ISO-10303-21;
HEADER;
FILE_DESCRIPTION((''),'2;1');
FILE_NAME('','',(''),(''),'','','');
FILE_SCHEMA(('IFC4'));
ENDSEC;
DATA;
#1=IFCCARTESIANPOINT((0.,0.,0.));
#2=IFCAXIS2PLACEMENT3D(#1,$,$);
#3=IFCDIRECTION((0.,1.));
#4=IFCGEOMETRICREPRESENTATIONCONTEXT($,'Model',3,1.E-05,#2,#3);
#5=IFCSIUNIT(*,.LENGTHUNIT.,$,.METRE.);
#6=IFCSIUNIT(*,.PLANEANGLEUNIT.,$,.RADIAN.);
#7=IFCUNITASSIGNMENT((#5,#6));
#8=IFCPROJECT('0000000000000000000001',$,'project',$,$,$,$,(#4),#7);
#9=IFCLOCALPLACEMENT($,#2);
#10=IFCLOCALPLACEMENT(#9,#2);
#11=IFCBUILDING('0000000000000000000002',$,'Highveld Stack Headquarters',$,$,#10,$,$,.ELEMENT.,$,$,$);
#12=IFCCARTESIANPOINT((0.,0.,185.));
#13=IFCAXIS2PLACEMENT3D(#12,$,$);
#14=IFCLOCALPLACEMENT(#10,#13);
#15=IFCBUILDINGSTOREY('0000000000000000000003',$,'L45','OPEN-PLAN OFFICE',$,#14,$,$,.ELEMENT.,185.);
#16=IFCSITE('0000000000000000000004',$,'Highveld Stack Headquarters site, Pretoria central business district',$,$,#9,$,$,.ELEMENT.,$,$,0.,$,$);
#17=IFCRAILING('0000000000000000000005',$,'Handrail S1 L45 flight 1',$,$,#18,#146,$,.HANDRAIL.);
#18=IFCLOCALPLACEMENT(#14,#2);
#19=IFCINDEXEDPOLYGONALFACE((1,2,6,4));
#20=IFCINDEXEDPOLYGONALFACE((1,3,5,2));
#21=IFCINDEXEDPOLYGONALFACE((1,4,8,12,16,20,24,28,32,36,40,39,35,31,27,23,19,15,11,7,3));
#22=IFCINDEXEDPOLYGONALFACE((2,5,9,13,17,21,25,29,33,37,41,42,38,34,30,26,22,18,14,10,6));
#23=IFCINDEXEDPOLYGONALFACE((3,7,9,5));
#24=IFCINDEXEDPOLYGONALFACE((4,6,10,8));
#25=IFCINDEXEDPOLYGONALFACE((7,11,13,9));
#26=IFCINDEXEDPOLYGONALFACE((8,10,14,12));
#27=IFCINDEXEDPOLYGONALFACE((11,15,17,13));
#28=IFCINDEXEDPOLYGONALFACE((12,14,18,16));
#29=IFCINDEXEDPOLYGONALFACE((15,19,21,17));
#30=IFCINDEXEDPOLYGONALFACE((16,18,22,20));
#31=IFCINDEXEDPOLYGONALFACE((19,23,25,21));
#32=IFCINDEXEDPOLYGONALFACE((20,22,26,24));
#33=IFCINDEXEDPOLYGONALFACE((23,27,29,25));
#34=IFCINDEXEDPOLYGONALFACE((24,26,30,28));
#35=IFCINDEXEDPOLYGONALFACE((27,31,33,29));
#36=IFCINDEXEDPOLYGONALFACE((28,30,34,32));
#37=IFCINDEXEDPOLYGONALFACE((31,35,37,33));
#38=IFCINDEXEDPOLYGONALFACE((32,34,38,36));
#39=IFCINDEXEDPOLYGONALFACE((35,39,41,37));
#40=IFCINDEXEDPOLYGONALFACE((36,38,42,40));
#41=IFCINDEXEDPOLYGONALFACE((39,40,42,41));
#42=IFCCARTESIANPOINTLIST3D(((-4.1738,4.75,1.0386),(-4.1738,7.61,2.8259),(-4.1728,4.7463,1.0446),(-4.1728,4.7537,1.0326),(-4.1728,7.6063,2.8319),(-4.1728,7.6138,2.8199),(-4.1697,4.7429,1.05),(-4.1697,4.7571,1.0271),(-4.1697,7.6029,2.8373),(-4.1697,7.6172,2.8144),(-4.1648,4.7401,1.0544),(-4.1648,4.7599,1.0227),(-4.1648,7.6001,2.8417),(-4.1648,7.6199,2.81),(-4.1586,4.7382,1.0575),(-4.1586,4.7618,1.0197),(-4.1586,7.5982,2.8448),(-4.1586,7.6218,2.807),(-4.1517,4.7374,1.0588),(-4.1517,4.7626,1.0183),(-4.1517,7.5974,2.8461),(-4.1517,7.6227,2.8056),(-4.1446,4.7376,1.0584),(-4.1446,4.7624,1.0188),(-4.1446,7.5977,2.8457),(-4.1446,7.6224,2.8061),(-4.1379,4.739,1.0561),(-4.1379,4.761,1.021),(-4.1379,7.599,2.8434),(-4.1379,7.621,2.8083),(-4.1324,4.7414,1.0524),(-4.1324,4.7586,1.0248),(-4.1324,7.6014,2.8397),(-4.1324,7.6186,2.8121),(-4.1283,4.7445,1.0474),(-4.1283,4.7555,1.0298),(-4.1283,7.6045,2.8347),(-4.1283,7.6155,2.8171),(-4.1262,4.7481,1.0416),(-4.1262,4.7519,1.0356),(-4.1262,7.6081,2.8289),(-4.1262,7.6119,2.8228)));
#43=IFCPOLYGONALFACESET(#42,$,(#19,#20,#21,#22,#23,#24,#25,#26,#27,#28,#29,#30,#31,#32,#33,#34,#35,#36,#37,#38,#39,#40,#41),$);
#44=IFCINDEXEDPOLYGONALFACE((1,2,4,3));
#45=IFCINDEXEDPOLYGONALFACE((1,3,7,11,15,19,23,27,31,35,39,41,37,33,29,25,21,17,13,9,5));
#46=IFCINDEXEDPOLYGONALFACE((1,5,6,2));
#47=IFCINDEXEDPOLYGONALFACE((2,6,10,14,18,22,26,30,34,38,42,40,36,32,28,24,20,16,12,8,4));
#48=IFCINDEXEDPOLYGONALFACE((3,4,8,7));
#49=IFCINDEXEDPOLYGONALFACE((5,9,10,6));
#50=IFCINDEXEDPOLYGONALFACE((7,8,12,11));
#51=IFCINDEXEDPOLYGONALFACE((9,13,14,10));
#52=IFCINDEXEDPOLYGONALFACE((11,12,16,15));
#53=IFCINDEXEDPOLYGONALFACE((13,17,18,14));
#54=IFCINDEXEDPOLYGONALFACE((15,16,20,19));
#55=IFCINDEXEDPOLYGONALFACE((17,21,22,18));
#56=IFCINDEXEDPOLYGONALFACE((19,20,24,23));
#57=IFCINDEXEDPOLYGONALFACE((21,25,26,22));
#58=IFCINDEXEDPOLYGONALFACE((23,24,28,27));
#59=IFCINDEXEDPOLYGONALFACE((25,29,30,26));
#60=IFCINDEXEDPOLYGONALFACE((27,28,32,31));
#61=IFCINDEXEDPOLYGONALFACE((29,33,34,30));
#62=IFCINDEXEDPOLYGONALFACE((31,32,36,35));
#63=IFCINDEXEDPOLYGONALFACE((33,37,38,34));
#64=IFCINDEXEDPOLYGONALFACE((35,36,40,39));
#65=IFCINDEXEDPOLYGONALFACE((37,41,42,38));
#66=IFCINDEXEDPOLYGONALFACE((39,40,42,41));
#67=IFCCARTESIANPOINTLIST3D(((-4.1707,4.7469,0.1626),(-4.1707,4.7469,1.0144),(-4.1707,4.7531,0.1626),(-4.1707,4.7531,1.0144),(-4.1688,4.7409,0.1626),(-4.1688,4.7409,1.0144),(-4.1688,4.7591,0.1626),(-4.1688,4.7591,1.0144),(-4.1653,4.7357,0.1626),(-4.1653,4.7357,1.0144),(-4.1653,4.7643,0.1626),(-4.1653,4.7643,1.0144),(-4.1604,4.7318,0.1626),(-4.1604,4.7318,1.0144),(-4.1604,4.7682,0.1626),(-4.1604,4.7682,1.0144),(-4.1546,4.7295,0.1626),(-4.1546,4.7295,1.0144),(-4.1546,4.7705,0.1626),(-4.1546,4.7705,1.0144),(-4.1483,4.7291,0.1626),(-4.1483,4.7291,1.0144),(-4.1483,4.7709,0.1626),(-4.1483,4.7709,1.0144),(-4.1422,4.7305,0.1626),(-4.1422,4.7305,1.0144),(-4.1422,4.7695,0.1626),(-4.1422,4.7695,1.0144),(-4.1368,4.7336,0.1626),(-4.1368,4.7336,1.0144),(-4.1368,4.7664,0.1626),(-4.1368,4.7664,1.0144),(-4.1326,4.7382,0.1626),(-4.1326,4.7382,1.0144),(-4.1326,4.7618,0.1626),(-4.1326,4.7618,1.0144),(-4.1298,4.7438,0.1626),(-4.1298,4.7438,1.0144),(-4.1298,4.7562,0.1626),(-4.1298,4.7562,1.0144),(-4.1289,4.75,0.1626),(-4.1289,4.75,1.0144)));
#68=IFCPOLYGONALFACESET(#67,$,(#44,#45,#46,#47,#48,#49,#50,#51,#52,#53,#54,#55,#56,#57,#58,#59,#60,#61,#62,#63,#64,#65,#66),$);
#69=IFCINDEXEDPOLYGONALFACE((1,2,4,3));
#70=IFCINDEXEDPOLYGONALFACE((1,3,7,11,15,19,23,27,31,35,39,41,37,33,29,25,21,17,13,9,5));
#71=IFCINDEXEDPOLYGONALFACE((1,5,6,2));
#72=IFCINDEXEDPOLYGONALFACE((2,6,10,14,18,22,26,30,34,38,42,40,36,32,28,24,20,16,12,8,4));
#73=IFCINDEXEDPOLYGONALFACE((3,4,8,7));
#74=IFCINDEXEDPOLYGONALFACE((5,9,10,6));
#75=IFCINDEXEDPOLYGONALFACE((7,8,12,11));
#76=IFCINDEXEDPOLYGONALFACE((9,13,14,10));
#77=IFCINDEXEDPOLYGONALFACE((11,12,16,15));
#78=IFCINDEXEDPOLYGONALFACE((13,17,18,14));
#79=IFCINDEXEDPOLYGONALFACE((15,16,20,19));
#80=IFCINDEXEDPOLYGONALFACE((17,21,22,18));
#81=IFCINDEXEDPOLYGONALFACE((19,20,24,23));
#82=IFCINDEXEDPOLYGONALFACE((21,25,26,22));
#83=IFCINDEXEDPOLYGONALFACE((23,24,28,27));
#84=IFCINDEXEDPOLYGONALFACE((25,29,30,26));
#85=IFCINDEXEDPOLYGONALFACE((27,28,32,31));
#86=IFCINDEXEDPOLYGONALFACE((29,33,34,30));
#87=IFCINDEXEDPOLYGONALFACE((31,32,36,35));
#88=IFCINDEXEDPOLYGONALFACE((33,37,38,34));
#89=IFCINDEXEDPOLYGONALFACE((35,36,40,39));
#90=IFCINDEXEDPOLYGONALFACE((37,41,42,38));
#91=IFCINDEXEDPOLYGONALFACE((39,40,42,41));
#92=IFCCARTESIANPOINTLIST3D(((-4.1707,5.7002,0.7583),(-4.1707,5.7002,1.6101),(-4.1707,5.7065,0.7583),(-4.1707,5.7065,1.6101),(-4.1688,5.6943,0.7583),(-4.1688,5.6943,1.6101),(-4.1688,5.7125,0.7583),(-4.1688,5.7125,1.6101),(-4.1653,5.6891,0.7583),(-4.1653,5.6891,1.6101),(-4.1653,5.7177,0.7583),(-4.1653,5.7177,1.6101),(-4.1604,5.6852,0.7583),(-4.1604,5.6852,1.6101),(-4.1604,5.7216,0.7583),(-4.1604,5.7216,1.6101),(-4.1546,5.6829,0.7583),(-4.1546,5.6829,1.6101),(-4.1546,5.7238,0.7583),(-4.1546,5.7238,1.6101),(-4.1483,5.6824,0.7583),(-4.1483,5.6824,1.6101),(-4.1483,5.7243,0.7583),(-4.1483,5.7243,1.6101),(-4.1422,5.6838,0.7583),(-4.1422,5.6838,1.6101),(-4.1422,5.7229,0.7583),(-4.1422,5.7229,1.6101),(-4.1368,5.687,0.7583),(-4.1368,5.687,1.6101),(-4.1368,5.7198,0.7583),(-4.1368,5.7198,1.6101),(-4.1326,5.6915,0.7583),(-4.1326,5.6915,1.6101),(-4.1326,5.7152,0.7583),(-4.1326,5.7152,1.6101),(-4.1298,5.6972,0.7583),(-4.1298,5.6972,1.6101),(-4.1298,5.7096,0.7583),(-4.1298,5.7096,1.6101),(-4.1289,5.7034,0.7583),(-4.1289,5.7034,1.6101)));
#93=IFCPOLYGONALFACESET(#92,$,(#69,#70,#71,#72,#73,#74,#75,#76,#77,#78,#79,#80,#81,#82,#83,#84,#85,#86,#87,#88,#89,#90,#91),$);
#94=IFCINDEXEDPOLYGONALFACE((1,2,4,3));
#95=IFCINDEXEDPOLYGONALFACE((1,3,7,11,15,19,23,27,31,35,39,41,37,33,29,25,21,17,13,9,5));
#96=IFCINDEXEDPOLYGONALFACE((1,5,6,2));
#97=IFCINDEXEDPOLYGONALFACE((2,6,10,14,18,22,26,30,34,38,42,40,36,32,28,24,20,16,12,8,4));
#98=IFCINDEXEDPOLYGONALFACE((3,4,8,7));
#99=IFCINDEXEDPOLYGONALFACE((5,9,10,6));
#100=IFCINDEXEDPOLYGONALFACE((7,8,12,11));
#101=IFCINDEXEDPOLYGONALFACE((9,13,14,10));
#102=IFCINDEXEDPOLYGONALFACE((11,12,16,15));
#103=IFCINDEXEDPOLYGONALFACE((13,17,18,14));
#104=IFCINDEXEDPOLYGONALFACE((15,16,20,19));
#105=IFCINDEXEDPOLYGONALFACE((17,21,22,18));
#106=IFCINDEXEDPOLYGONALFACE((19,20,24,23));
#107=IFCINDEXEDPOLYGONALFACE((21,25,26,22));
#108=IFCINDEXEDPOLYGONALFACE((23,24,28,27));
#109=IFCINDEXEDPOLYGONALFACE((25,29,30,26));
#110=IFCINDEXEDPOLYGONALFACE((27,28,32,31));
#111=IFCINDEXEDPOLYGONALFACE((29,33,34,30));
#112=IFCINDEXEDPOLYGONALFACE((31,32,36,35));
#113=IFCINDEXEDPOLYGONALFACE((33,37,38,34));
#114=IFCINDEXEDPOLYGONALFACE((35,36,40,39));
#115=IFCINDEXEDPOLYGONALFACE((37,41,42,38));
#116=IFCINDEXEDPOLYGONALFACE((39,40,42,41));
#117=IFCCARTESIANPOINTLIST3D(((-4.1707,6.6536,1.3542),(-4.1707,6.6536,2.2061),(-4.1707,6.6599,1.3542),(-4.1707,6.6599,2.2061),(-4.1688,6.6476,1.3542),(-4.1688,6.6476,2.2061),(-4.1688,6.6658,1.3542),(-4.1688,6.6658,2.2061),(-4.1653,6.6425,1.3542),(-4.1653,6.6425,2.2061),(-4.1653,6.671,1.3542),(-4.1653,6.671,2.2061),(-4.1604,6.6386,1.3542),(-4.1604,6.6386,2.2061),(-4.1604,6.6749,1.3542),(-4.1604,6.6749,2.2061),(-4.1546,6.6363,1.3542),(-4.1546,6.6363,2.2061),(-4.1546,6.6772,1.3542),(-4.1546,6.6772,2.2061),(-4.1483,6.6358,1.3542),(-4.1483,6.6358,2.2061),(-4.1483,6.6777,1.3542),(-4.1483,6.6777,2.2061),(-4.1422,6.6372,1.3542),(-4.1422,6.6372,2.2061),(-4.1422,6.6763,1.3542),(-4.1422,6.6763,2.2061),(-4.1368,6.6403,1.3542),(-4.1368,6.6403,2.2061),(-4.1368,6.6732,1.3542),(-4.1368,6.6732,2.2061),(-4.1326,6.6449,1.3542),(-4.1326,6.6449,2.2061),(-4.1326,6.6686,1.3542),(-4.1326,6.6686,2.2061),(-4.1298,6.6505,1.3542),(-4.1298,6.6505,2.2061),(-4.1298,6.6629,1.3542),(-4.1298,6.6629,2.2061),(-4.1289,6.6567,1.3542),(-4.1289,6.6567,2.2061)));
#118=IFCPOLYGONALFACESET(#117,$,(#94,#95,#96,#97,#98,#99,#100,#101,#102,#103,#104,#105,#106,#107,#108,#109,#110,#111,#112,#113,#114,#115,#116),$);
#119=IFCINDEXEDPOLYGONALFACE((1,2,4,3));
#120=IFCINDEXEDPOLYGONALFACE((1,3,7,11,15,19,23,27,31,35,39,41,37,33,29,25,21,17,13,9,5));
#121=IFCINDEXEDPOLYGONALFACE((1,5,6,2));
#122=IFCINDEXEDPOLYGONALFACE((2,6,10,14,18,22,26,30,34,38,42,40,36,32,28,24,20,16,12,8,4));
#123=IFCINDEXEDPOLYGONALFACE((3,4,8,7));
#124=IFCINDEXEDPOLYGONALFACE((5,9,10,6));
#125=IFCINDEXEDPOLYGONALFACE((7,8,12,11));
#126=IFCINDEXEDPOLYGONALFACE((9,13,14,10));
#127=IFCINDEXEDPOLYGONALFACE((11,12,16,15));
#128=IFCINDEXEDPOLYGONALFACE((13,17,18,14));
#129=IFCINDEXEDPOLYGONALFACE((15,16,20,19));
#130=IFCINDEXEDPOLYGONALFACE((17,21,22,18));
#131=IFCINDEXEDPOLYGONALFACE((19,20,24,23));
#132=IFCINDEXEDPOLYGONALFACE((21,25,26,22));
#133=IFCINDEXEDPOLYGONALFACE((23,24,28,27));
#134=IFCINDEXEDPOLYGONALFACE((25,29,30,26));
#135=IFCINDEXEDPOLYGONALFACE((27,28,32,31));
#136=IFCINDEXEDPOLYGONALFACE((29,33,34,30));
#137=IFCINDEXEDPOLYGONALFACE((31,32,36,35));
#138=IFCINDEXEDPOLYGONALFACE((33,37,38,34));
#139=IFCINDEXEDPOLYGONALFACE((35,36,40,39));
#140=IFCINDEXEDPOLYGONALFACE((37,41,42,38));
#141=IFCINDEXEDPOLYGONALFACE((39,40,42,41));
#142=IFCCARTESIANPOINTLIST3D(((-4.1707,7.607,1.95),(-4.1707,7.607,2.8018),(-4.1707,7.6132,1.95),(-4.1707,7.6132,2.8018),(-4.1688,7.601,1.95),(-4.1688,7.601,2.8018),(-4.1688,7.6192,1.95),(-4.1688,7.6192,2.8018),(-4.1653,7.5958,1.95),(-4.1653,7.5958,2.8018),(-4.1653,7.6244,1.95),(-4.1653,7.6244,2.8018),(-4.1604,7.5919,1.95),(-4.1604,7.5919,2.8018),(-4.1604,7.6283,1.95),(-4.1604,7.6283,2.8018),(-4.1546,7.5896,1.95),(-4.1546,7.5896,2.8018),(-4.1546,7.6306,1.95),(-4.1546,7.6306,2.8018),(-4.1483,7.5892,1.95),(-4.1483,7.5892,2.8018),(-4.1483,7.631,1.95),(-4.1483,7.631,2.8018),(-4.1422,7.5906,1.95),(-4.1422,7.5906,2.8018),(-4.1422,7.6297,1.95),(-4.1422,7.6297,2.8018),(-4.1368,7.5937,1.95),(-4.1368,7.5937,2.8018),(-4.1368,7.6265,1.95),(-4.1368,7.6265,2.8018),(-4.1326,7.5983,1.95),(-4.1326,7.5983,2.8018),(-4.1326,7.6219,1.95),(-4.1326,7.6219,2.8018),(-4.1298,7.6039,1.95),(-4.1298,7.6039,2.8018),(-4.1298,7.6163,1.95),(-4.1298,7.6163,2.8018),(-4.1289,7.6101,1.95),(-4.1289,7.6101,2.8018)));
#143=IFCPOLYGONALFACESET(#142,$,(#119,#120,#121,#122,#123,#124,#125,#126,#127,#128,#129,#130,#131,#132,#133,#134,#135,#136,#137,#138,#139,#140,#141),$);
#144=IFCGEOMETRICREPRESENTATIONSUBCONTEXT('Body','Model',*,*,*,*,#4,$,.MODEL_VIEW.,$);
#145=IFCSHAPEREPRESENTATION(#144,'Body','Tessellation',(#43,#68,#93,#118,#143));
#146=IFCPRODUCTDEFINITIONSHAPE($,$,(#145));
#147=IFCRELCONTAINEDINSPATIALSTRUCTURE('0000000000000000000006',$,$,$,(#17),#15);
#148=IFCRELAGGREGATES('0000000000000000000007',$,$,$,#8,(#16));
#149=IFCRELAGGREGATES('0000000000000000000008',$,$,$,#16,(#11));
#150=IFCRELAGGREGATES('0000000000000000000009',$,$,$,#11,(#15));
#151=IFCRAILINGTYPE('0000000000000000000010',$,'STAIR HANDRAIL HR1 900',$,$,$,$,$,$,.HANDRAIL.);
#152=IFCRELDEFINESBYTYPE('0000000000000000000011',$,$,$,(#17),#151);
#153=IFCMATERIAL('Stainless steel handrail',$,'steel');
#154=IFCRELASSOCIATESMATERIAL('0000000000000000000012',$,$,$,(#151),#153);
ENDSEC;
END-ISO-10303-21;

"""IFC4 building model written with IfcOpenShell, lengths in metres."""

from ifc_helpers import new_model, si_unit, direction, frame, origin, origin_2d, place, context, subcontext, project, spatial, circle, extrude, material, type_object, element, save


model = new_model("IFC4")

# Units and contexts
model_context = context("Model", 3, precision=1e-05, world=origin(), true_north=direction((0.0, 1.0)))
body_context = subcontext(model_context, "Body", "Model", "MODEL_VIEW")
ifc_project = project(units=[si_unit("LENGTHUNIT", "METRE"), si_unit("PLANEANGLEUNIT", "RADIAN")], contexts=[model_context])

# Site, building, storey
site_placement = place(None, origin())
site = spatial("IfcSite", under=ifc_project, at=site_placement, Name="Highveld Stack Headquarters site, Pretoria central business district", CompositionType="ELEMENT", RefElevation=0.0)
building_placement = place(site_placement, origin())
building = spatial("IfcBuilding", under=site, at=building_placement, Name="Highveld Stack Headquarters", CompositionType="ELEMENT")
storey_placement = place(building_placement, frame((0.0, 0.0, 185.0)))
storey = spatial("IfcBuildingStorey", under=building, at=storey_placement, Name="L45", Description="OPEN-PLAN OFFICE", CompositionType="ELEMENT", Elevation=185.0)

# Railing
ifc_material_1 = material(Name="Stainless steel handrail", Category="steel")
railing_type = type_object("IfcRailingType", Name="STAIR HANDRAIL HR1 900", PredefinedType="HANDRAIL", material=ifc_material_1)
for number, where, name in (
    (1, (-4.1499, 4.75, 0.1626), "Handrail S1 L45 flight 1"),
):
    element("IfcRailing", number, at=place(storey_placement, frame(where)), inside=storey, type_object=railing_type, Name=name, PredefinedType="HANDRAIL", context=body_context, shape_type="SweptSolid", body=[
        extrude(circle(Radius=0.0239, at=origin_2d()), frame((0.0, 0.0, 0.876), z_axis=(0.0, 0.848027, 0.529953), x_axis=(-1.0, 0.0, 0.0)), (0.0, 0.0, 1.0), 3.3726),
        extrude(circle(Radius=0.021, at=origin_2d()), origin(), (0.0, 0.0, 1.0), 0.8518),
        extrude(circle(Radius=0.021, at=origin_2d()), frame((0.0, 0.9534, 0.5957)), (0.0, 0.0, 1.0), 0.8518),
        extrude(circle(Radius=0.021, at=origin_2d()), frame((0.0, 1.9067, 1.1917)), (0.0, 0.0, 1.0), 0.8518),
        extrude(circle(Radius=0.021, at=origin_2d()), frame((0.0, 2.8601, 1.7874)), (0.0, 0.0, 1.0), 0.8518),
    ])

save(model, "model.ifc")
